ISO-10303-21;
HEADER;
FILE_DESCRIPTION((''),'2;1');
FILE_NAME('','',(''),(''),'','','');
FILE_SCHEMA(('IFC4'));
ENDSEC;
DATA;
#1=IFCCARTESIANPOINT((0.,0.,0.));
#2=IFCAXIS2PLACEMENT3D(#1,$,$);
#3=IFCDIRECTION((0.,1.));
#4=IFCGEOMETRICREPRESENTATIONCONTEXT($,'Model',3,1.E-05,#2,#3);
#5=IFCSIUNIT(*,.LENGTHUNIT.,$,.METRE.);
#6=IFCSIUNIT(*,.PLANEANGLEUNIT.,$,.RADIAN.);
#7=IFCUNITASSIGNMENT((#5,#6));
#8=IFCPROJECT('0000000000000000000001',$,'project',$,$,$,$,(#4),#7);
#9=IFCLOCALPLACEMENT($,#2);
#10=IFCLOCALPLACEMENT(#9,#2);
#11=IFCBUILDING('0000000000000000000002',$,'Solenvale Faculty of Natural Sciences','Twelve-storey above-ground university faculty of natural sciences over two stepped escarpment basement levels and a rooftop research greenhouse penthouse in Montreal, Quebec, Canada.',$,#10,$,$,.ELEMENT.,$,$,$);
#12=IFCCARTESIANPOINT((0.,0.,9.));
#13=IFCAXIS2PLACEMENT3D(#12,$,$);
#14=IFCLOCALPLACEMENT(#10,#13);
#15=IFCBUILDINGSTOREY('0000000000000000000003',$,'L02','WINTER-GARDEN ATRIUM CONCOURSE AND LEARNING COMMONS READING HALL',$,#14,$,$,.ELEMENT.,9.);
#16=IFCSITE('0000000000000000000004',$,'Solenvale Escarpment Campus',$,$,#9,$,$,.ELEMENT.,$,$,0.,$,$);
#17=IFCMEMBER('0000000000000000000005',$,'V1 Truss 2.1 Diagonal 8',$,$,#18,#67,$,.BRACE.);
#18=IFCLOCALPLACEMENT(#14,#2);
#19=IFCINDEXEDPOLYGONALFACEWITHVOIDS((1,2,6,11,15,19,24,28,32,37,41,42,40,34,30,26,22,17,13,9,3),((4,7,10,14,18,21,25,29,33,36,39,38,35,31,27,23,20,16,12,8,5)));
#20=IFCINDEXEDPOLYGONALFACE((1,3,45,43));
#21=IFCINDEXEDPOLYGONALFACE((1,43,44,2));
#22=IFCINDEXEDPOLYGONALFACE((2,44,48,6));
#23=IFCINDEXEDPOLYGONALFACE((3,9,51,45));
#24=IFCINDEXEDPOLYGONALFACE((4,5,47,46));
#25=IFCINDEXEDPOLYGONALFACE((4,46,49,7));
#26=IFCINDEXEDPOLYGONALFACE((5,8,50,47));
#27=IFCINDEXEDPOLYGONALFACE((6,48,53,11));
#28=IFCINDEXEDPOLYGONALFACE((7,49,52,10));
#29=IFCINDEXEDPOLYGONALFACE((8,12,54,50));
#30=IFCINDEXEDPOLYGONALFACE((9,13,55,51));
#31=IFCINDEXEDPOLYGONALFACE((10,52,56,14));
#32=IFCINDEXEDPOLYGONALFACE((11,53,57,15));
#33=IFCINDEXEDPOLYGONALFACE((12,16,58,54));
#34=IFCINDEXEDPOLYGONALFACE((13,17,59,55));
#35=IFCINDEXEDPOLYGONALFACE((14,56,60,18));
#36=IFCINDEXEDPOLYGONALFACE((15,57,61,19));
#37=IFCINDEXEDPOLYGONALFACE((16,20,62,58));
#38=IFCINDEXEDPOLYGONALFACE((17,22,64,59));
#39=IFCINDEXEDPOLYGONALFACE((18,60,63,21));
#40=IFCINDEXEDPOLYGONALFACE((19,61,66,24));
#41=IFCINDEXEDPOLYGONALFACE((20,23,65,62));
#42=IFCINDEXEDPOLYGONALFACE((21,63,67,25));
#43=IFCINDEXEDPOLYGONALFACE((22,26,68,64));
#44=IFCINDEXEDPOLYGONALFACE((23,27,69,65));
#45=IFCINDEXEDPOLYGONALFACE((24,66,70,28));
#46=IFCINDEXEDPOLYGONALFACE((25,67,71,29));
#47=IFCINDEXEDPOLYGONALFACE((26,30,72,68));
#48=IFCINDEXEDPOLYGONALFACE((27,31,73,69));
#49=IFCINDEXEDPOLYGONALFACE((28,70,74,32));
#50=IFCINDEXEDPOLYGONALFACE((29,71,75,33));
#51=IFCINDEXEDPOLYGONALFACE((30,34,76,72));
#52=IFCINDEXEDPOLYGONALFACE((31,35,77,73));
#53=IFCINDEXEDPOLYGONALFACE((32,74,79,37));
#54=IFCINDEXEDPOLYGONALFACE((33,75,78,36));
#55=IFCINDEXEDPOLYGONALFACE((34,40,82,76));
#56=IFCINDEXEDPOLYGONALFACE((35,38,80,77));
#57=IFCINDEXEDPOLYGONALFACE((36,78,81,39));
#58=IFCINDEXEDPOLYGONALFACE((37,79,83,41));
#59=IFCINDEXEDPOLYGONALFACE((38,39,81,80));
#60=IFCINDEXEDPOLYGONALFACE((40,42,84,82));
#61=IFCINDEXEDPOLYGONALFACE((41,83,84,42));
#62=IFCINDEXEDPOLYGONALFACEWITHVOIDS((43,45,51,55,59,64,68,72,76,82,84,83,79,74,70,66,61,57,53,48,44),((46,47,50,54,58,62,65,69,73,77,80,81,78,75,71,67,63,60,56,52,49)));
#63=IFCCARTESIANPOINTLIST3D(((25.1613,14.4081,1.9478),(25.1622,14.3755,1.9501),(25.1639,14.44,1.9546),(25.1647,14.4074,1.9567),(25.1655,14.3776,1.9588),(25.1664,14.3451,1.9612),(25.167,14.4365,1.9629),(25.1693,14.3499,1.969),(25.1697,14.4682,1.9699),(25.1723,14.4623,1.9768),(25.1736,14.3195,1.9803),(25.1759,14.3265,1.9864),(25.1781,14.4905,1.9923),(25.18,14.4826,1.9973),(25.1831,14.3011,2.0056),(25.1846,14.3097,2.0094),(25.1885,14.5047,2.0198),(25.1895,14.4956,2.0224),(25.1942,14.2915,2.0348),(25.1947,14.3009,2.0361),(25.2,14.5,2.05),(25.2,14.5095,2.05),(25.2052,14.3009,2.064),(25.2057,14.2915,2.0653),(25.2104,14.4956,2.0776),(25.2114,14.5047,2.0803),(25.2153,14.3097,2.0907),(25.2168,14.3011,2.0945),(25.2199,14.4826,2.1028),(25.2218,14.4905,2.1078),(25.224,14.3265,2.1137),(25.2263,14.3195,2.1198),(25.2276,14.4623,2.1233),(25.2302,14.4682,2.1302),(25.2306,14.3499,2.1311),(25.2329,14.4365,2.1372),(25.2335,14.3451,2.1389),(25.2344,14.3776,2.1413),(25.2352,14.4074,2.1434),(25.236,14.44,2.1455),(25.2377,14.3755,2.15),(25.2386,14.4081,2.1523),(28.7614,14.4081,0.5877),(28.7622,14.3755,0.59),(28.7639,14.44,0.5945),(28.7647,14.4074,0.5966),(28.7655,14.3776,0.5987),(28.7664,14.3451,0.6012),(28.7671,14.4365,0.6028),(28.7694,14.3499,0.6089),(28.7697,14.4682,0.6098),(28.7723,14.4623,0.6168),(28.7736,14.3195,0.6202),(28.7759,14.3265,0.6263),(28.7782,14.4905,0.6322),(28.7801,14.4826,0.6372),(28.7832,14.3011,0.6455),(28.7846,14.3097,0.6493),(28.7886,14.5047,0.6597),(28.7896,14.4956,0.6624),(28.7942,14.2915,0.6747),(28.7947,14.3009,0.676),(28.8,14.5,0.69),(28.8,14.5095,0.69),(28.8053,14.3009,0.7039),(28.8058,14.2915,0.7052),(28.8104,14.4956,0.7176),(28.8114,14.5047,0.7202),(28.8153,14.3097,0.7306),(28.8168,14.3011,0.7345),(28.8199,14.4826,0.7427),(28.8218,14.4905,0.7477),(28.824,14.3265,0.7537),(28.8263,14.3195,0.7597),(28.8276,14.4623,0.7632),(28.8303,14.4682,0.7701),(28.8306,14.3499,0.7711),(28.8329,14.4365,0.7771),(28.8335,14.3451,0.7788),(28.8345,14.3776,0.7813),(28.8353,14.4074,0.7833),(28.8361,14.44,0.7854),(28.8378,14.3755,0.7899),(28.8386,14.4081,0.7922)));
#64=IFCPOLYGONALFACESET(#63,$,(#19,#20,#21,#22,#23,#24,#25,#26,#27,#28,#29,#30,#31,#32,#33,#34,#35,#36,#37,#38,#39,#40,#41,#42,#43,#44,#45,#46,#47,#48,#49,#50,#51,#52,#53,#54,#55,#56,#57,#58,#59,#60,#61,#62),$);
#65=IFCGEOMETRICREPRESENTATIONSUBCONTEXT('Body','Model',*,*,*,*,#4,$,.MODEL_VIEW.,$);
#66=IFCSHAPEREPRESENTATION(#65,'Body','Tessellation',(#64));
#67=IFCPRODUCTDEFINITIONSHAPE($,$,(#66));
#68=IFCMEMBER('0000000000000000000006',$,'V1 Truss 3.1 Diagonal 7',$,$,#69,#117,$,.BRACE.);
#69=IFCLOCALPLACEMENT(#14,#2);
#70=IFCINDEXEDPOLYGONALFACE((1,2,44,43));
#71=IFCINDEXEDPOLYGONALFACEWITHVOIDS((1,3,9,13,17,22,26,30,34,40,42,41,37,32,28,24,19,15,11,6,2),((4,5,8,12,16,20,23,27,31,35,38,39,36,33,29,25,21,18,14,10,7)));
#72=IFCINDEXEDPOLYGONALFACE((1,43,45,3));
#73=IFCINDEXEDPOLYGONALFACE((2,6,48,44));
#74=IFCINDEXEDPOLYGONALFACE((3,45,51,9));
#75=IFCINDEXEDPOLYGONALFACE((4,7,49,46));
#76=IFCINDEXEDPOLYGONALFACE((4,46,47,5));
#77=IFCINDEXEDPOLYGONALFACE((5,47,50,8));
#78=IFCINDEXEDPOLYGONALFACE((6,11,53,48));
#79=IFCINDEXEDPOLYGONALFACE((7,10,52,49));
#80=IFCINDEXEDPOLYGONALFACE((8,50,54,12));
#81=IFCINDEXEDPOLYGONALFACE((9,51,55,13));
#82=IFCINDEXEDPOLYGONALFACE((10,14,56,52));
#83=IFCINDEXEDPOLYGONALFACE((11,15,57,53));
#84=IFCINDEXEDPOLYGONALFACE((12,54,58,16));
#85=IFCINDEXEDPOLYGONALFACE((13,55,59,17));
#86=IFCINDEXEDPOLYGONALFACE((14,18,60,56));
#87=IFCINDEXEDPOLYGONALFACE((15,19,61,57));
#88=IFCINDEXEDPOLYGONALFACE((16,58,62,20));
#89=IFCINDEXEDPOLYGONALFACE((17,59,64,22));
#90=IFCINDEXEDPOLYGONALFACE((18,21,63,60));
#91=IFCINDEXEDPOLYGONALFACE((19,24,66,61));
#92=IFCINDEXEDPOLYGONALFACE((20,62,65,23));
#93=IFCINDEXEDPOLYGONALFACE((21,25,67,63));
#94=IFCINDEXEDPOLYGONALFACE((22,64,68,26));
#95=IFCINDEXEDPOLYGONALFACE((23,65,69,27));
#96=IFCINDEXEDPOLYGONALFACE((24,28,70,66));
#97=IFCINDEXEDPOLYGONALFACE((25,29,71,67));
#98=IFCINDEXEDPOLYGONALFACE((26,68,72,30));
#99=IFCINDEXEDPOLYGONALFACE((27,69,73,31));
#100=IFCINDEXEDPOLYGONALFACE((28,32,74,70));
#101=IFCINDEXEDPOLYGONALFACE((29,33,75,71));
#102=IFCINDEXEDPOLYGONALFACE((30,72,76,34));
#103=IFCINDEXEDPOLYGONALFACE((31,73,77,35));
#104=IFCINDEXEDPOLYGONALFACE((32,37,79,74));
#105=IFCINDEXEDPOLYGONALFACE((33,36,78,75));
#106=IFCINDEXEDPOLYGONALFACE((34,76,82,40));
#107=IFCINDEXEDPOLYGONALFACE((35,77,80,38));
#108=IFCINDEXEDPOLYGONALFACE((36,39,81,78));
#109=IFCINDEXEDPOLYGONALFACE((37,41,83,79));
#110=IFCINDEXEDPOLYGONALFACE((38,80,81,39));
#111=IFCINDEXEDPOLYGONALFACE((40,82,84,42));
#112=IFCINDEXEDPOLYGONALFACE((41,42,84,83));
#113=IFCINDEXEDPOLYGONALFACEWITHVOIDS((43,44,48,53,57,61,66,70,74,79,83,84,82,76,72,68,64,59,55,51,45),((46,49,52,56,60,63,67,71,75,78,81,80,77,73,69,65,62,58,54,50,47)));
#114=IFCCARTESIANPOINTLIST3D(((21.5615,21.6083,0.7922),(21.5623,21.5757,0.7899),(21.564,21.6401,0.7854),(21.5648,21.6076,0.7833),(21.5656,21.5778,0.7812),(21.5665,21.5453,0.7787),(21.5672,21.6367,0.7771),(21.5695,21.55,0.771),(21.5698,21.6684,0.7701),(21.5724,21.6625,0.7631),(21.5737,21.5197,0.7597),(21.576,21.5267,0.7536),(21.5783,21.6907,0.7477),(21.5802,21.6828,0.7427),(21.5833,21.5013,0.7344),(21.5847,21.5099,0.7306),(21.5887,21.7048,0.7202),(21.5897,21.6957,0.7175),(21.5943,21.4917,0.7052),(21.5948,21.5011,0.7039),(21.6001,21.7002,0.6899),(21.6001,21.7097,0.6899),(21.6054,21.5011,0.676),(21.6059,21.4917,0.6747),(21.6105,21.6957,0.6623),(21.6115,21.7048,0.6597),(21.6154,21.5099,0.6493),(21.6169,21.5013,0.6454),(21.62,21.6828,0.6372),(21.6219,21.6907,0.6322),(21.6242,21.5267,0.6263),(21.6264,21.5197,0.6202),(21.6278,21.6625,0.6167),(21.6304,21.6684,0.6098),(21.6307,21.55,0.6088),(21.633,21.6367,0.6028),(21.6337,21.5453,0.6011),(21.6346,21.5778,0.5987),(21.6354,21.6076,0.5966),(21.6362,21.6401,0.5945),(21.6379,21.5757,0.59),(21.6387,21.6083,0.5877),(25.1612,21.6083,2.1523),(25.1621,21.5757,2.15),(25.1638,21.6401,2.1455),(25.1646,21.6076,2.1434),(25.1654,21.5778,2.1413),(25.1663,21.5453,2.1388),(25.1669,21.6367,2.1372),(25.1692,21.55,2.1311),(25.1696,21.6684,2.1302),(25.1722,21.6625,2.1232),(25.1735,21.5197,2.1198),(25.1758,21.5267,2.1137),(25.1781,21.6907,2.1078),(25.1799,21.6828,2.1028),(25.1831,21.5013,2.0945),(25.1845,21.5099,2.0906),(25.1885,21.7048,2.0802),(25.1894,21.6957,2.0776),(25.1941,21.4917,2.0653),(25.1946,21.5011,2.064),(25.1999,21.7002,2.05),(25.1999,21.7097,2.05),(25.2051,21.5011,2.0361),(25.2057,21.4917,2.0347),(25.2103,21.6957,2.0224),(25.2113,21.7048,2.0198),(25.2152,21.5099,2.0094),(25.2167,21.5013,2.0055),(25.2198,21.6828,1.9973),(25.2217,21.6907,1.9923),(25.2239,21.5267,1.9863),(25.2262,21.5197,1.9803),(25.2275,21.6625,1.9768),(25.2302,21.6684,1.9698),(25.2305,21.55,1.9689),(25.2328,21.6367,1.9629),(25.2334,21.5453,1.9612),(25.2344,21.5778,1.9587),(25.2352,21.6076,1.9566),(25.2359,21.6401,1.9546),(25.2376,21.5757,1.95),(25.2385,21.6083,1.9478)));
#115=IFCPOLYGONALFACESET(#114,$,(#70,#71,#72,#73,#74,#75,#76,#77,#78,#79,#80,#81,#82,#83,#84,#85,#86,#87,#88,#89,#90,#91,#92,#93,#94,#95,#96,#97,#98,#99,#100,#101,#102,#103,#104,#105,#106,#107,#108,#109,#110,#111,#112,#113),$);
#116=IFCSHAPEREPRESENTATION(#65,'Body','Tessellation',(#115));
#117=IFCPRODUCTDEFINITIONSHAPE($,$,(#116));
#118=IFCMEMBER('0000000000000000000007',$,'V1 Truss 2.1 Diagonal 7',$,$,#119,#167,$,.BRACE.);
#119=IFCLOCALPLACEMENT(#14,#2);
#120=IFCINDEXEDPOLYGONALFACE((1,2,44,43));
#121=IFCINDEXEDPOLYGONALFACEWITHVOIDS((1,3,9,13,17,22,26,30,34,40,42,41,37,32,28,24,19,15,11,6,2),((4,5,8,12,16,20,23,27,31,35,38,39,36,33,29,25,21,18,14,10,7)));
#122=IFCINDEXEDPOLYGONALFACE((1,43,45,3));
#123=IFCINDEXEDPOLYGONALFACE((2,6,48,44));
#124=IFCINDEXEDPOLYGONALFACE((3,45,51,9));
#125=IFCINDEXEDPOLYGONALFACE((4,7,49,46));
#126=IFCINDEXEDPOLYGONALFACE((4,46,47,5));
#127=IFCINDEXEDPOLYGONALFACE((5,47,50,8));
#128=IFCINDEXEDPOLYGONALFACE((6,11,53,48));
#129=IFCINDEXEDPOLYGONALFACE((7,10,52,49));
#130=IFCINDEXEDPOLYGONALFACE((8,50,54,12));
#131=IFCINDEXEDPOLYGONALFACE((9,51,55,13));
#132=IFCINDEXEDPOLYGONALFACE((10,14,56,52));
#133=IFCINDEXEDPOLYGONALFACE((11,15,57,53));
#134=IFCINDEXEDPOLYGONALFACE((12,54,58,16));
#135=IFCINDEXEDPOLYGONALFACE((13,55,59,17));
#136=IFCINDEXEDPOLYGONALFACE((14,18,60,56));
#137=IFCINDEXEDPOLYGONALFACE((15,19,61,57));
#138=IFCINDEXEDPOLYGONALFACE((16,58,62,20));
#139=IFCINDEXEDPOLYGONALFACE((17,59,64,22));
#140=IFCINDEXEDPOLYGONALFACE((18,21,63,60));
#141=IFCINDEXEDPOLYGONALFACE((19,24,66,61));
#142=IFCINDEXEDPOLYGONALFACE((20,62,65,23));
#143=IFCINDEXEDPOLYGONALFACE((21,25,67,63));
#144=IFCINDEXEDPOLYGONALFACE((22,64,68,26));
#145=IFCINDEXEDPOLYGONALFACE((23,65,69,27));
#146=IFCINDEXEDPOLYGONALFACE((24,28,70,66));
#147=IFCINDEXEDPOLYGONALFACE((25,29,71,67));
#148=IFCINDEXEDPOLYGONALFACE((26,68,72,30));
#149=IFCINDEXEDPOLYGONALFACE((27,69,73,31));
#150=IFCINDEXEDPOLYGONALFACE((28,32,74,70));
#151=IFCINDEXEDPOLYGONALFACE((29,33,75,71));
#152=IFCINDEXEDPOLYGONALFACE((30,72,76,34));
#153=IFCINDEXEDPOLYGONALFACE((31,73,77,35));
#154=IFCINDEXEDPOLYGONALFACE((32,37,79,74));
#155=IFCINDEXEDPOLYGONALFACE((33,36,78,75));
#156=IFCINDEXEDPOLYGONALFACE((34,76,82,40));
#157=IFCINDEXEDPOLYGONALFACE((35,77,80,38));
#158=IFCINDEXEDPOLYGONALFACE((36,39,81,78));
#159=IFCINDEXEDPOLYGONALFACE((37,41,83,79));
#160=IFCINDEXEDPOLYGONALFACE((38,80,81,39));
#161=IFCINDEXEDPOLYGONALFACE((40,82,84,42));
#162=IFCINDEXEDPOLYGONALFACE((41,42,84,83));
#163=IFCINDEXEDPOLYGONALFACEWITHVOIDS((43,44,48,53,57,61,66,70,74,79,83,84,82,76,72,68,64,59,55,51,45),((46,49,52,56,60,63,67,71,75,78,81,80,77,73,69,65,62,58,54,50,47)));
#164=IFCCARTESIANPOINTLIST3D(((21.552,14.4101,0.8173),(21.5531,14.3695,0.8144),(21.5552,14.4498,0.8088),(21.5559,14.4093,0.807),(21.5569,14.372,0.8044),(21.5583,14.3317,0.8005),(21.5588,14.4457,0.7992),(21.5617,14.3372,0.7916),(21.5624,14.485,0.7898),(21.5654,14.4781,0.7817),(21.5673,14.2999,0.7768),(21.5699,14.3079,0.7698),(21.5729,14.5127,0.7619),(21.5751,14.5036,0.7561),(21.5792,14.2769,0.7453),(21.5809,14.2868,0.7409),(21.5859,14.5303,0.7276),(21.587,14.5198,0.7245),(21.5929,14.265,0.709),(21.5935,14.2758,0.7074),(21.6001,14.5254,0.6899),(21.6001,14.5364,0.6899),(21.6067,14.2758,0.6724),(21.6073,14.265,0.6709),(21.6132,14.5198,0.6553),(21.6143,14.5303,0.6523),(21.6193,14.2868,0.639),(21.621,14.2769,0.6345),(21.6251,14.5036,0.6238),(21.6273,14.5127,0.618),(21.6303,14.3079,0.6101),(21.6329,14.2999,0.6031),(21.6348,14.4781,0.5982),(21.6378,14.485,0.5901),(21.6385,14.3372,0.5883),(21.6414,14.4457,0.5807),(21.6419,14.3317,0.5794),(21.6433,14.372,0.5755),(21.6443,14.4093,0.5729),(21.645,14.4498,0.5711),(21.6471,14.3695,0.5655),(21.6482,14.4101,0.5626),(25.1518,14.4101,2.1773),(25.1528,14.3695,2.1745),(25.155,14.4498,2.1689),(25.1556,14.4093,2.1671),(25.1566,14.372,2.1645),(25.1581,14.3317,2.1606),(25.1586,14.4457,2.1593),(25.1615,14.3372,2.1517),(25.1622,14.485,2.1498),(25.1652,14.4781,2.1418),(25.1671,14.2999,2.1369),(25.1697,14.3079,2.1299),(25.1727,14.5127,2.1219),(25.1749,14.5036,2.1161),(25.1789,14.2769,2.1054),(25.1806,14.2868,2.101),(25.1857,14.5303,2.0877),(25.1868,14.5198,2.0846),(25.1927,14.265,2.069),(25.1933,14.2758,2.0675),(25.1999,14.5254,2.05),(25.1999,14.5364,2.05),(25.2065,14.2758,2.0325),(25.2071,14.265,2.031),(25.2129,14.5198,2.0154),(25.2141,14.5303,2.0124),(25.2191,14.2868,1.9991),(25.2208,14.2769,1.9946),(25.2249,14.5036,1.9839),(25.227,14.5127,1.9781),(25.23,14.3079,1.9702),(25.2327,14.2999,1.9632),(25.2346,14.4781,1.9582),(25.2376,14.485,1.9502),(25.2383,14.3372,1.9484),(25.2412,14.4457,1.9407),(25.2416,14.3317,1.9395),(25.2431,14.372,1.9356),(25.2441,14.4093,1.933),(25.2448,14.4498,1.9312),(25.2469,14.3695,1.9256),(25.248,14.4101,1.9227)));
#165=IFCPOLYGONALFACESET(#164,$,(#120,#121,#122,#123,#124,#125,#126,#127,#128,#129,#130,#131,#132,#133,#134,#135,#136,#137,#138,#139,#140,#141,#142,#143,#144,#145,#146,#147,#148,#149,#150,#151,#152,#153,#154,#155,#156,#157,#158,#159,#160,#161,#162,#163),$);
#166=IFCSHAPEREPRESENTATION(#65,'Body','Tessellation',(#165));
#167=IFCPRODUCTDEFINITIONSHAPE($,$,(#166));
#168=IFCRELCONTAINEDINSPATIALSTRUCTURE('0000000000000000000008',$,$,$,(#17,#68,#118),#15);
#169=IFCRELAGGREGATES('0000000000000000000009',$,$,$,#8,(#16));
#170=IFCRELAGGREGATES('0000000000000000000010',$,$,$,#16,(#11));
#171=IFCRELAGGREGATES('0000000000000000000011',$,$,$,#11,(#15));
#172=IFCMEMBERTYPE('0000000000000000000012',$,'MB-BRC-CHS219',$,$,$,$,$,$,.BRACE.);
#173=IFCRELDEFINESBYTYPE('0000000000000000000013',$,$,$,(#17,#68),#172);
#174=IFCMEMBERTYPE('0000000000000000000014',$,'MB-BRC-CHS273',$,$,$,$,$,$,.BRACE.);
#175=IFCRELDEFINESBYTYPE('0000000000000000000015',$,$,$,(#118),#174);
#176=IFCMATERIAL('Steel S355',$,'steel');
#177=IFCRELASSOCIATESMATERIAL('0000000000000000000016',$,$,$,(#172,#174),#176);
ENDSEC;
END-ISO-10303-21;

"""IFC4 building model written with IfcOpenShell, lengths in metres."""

from ifc_helpers import new_model, si_unit, direction, frame, origin, origin_2d, place, context, subcontext, project, spatial, hollow_circle, extrude, material, material_profile, profile_set, type_object, element, save


model = new_model("IFC4")

# Units and contexts
model_context = context("Model", 3, precision=1e-05, world=origin(), true_north=direction((0.0, 1.0)))
body_context = subcontext(model_context, "Body", "Model", "MODEL_VIEW")
ifc_project = project(units=[si_unit("LENGTHUNIT", "METRE"), si_unit("PLANEANGLEUNIT", "RADIAN")], contexts=[model_context])

# Site, building, storey
site_placement = place(None, origin())
site = spatial("IfcSite", under=ifc_project, at=site_placement, Name="Solenvale Escarpment Campus", CompositionType="ELEMENT", RefElevation=0.0)
building_placement = place(site_placement, origin())
building = spatial("IfcBuilding", under=site, at=building_placement, Name="Solenvale Faculty of Natural Sciences", Description="Twelve-storey above-ground university faculty of natural sciences over two stepped escarpment basement levels and a rooftop research greenhouse penthouse in Montreal, Quebec, Canada.", CompositionType="ELEMENT")
storey_placement = place(building_placement, frame((0.0, 0.0, 9.0)))
storey = spatial("IfcBuildingStorey", under=building, at=storey_placement, Name="L02", Description="WINTER-GARDEN ATRIUM CONCOURSE AND LEARNING COMMONS READING HALL", CompositionType="ELEMENT", Elevation=9.0)

# Members
ifc_material_1 = material(Name="Steel S355", Category="steel")
ifc_material_profile_1 = material_profile(ifc_material_1, hollow_circle(Radius=0.1096, WallThickness=0.0095, at=origin_2d()), Name="HSS219x9.5")
ifc_profile_set_1 = profile_set([ifc_material_profile_1], Name="Steel S355")
member_type_1 = type_object("IfcMemberType", Name="MB-BRC-CHS219", PredefinedType="BRACE", material=ifc_profile_set_1)
member_1_placement = place(storey_placement, frame((25.2, 14.3999, 2.05), z_axis=(0.935466, 0.0, -0.353417), x_axis=(0.0, 1.0, 0.0)))
element("IfcMember", 1, at=member_1_placement, inside=storey, type_object=member_type_1, Name="V1 Truss 2.1 Diagonal 8", PredefinedType="BRACE", context=body_context, shape_type="SweptSolid", body=[
    extrude(hollow_circle(Radius=0.1096, WallThickness=0.0095, at=origin_2d()), origin(), (0.0, 0.0, 1.0), 3.8484),
])
member_2_placement = place(storey_placement, frame((21.6001, 21.6001, 0.6899), z_axis=(0.935458, 0.0, 0.353438), x_axis=(0.0, 1.0, 0.0)))
element("IfcMember", 2, at=member_2_placement, inside=storey, type_object=member_type_1, Name="V1 Truss 3.1 Diagonal 7", PredefinedType="BRACE", context=body_context, shape_type="SweptSolid", body=[
    extrude(hollow_circle(Radius=0.1096, WallThickness=0.0095, at=origin_2d()), origin(), (0.0, 0.0, 1.0), 3.8481),
])
ifc_material_profile_2 = material_profile(ifc_material_1, hollow_circle(Radius=0.1365, WallThickness=0.011, at=origin_2d()), Name="HSS273x11")
ifc_profile_set_2 = profile_set([ifc_material_profile_2], Name="Steel S355")
member_type_2 = type_object("IfcMemberType", Name="MB-BRC-CHS273", PredefinedType="BRACE", material=ifc_profile_set_2)
member_3_placement = place(storey_placement, frame((21.6001, 14.3999, 0.6899), z_axis=(0.935458, 0.0, 0.353438), x_axis=(0.0, 1.0, 0.0)))
element("IfcMember", 3, at=member_3_placement, inside=storey, type_object=member_type_2, Name="V1 Truss 2.1 Diagonal 7", PredefinedType="BRACE", context=body_context, shape_type="SweptSolid", body=[
    extrude(hollow_circle(Radius=0.1365, WallThickness=0.011, at=origin_2d()), origin(), (0.0, 0.0, 1.0), 3.8481),
])

save(model, "model.ifc")
